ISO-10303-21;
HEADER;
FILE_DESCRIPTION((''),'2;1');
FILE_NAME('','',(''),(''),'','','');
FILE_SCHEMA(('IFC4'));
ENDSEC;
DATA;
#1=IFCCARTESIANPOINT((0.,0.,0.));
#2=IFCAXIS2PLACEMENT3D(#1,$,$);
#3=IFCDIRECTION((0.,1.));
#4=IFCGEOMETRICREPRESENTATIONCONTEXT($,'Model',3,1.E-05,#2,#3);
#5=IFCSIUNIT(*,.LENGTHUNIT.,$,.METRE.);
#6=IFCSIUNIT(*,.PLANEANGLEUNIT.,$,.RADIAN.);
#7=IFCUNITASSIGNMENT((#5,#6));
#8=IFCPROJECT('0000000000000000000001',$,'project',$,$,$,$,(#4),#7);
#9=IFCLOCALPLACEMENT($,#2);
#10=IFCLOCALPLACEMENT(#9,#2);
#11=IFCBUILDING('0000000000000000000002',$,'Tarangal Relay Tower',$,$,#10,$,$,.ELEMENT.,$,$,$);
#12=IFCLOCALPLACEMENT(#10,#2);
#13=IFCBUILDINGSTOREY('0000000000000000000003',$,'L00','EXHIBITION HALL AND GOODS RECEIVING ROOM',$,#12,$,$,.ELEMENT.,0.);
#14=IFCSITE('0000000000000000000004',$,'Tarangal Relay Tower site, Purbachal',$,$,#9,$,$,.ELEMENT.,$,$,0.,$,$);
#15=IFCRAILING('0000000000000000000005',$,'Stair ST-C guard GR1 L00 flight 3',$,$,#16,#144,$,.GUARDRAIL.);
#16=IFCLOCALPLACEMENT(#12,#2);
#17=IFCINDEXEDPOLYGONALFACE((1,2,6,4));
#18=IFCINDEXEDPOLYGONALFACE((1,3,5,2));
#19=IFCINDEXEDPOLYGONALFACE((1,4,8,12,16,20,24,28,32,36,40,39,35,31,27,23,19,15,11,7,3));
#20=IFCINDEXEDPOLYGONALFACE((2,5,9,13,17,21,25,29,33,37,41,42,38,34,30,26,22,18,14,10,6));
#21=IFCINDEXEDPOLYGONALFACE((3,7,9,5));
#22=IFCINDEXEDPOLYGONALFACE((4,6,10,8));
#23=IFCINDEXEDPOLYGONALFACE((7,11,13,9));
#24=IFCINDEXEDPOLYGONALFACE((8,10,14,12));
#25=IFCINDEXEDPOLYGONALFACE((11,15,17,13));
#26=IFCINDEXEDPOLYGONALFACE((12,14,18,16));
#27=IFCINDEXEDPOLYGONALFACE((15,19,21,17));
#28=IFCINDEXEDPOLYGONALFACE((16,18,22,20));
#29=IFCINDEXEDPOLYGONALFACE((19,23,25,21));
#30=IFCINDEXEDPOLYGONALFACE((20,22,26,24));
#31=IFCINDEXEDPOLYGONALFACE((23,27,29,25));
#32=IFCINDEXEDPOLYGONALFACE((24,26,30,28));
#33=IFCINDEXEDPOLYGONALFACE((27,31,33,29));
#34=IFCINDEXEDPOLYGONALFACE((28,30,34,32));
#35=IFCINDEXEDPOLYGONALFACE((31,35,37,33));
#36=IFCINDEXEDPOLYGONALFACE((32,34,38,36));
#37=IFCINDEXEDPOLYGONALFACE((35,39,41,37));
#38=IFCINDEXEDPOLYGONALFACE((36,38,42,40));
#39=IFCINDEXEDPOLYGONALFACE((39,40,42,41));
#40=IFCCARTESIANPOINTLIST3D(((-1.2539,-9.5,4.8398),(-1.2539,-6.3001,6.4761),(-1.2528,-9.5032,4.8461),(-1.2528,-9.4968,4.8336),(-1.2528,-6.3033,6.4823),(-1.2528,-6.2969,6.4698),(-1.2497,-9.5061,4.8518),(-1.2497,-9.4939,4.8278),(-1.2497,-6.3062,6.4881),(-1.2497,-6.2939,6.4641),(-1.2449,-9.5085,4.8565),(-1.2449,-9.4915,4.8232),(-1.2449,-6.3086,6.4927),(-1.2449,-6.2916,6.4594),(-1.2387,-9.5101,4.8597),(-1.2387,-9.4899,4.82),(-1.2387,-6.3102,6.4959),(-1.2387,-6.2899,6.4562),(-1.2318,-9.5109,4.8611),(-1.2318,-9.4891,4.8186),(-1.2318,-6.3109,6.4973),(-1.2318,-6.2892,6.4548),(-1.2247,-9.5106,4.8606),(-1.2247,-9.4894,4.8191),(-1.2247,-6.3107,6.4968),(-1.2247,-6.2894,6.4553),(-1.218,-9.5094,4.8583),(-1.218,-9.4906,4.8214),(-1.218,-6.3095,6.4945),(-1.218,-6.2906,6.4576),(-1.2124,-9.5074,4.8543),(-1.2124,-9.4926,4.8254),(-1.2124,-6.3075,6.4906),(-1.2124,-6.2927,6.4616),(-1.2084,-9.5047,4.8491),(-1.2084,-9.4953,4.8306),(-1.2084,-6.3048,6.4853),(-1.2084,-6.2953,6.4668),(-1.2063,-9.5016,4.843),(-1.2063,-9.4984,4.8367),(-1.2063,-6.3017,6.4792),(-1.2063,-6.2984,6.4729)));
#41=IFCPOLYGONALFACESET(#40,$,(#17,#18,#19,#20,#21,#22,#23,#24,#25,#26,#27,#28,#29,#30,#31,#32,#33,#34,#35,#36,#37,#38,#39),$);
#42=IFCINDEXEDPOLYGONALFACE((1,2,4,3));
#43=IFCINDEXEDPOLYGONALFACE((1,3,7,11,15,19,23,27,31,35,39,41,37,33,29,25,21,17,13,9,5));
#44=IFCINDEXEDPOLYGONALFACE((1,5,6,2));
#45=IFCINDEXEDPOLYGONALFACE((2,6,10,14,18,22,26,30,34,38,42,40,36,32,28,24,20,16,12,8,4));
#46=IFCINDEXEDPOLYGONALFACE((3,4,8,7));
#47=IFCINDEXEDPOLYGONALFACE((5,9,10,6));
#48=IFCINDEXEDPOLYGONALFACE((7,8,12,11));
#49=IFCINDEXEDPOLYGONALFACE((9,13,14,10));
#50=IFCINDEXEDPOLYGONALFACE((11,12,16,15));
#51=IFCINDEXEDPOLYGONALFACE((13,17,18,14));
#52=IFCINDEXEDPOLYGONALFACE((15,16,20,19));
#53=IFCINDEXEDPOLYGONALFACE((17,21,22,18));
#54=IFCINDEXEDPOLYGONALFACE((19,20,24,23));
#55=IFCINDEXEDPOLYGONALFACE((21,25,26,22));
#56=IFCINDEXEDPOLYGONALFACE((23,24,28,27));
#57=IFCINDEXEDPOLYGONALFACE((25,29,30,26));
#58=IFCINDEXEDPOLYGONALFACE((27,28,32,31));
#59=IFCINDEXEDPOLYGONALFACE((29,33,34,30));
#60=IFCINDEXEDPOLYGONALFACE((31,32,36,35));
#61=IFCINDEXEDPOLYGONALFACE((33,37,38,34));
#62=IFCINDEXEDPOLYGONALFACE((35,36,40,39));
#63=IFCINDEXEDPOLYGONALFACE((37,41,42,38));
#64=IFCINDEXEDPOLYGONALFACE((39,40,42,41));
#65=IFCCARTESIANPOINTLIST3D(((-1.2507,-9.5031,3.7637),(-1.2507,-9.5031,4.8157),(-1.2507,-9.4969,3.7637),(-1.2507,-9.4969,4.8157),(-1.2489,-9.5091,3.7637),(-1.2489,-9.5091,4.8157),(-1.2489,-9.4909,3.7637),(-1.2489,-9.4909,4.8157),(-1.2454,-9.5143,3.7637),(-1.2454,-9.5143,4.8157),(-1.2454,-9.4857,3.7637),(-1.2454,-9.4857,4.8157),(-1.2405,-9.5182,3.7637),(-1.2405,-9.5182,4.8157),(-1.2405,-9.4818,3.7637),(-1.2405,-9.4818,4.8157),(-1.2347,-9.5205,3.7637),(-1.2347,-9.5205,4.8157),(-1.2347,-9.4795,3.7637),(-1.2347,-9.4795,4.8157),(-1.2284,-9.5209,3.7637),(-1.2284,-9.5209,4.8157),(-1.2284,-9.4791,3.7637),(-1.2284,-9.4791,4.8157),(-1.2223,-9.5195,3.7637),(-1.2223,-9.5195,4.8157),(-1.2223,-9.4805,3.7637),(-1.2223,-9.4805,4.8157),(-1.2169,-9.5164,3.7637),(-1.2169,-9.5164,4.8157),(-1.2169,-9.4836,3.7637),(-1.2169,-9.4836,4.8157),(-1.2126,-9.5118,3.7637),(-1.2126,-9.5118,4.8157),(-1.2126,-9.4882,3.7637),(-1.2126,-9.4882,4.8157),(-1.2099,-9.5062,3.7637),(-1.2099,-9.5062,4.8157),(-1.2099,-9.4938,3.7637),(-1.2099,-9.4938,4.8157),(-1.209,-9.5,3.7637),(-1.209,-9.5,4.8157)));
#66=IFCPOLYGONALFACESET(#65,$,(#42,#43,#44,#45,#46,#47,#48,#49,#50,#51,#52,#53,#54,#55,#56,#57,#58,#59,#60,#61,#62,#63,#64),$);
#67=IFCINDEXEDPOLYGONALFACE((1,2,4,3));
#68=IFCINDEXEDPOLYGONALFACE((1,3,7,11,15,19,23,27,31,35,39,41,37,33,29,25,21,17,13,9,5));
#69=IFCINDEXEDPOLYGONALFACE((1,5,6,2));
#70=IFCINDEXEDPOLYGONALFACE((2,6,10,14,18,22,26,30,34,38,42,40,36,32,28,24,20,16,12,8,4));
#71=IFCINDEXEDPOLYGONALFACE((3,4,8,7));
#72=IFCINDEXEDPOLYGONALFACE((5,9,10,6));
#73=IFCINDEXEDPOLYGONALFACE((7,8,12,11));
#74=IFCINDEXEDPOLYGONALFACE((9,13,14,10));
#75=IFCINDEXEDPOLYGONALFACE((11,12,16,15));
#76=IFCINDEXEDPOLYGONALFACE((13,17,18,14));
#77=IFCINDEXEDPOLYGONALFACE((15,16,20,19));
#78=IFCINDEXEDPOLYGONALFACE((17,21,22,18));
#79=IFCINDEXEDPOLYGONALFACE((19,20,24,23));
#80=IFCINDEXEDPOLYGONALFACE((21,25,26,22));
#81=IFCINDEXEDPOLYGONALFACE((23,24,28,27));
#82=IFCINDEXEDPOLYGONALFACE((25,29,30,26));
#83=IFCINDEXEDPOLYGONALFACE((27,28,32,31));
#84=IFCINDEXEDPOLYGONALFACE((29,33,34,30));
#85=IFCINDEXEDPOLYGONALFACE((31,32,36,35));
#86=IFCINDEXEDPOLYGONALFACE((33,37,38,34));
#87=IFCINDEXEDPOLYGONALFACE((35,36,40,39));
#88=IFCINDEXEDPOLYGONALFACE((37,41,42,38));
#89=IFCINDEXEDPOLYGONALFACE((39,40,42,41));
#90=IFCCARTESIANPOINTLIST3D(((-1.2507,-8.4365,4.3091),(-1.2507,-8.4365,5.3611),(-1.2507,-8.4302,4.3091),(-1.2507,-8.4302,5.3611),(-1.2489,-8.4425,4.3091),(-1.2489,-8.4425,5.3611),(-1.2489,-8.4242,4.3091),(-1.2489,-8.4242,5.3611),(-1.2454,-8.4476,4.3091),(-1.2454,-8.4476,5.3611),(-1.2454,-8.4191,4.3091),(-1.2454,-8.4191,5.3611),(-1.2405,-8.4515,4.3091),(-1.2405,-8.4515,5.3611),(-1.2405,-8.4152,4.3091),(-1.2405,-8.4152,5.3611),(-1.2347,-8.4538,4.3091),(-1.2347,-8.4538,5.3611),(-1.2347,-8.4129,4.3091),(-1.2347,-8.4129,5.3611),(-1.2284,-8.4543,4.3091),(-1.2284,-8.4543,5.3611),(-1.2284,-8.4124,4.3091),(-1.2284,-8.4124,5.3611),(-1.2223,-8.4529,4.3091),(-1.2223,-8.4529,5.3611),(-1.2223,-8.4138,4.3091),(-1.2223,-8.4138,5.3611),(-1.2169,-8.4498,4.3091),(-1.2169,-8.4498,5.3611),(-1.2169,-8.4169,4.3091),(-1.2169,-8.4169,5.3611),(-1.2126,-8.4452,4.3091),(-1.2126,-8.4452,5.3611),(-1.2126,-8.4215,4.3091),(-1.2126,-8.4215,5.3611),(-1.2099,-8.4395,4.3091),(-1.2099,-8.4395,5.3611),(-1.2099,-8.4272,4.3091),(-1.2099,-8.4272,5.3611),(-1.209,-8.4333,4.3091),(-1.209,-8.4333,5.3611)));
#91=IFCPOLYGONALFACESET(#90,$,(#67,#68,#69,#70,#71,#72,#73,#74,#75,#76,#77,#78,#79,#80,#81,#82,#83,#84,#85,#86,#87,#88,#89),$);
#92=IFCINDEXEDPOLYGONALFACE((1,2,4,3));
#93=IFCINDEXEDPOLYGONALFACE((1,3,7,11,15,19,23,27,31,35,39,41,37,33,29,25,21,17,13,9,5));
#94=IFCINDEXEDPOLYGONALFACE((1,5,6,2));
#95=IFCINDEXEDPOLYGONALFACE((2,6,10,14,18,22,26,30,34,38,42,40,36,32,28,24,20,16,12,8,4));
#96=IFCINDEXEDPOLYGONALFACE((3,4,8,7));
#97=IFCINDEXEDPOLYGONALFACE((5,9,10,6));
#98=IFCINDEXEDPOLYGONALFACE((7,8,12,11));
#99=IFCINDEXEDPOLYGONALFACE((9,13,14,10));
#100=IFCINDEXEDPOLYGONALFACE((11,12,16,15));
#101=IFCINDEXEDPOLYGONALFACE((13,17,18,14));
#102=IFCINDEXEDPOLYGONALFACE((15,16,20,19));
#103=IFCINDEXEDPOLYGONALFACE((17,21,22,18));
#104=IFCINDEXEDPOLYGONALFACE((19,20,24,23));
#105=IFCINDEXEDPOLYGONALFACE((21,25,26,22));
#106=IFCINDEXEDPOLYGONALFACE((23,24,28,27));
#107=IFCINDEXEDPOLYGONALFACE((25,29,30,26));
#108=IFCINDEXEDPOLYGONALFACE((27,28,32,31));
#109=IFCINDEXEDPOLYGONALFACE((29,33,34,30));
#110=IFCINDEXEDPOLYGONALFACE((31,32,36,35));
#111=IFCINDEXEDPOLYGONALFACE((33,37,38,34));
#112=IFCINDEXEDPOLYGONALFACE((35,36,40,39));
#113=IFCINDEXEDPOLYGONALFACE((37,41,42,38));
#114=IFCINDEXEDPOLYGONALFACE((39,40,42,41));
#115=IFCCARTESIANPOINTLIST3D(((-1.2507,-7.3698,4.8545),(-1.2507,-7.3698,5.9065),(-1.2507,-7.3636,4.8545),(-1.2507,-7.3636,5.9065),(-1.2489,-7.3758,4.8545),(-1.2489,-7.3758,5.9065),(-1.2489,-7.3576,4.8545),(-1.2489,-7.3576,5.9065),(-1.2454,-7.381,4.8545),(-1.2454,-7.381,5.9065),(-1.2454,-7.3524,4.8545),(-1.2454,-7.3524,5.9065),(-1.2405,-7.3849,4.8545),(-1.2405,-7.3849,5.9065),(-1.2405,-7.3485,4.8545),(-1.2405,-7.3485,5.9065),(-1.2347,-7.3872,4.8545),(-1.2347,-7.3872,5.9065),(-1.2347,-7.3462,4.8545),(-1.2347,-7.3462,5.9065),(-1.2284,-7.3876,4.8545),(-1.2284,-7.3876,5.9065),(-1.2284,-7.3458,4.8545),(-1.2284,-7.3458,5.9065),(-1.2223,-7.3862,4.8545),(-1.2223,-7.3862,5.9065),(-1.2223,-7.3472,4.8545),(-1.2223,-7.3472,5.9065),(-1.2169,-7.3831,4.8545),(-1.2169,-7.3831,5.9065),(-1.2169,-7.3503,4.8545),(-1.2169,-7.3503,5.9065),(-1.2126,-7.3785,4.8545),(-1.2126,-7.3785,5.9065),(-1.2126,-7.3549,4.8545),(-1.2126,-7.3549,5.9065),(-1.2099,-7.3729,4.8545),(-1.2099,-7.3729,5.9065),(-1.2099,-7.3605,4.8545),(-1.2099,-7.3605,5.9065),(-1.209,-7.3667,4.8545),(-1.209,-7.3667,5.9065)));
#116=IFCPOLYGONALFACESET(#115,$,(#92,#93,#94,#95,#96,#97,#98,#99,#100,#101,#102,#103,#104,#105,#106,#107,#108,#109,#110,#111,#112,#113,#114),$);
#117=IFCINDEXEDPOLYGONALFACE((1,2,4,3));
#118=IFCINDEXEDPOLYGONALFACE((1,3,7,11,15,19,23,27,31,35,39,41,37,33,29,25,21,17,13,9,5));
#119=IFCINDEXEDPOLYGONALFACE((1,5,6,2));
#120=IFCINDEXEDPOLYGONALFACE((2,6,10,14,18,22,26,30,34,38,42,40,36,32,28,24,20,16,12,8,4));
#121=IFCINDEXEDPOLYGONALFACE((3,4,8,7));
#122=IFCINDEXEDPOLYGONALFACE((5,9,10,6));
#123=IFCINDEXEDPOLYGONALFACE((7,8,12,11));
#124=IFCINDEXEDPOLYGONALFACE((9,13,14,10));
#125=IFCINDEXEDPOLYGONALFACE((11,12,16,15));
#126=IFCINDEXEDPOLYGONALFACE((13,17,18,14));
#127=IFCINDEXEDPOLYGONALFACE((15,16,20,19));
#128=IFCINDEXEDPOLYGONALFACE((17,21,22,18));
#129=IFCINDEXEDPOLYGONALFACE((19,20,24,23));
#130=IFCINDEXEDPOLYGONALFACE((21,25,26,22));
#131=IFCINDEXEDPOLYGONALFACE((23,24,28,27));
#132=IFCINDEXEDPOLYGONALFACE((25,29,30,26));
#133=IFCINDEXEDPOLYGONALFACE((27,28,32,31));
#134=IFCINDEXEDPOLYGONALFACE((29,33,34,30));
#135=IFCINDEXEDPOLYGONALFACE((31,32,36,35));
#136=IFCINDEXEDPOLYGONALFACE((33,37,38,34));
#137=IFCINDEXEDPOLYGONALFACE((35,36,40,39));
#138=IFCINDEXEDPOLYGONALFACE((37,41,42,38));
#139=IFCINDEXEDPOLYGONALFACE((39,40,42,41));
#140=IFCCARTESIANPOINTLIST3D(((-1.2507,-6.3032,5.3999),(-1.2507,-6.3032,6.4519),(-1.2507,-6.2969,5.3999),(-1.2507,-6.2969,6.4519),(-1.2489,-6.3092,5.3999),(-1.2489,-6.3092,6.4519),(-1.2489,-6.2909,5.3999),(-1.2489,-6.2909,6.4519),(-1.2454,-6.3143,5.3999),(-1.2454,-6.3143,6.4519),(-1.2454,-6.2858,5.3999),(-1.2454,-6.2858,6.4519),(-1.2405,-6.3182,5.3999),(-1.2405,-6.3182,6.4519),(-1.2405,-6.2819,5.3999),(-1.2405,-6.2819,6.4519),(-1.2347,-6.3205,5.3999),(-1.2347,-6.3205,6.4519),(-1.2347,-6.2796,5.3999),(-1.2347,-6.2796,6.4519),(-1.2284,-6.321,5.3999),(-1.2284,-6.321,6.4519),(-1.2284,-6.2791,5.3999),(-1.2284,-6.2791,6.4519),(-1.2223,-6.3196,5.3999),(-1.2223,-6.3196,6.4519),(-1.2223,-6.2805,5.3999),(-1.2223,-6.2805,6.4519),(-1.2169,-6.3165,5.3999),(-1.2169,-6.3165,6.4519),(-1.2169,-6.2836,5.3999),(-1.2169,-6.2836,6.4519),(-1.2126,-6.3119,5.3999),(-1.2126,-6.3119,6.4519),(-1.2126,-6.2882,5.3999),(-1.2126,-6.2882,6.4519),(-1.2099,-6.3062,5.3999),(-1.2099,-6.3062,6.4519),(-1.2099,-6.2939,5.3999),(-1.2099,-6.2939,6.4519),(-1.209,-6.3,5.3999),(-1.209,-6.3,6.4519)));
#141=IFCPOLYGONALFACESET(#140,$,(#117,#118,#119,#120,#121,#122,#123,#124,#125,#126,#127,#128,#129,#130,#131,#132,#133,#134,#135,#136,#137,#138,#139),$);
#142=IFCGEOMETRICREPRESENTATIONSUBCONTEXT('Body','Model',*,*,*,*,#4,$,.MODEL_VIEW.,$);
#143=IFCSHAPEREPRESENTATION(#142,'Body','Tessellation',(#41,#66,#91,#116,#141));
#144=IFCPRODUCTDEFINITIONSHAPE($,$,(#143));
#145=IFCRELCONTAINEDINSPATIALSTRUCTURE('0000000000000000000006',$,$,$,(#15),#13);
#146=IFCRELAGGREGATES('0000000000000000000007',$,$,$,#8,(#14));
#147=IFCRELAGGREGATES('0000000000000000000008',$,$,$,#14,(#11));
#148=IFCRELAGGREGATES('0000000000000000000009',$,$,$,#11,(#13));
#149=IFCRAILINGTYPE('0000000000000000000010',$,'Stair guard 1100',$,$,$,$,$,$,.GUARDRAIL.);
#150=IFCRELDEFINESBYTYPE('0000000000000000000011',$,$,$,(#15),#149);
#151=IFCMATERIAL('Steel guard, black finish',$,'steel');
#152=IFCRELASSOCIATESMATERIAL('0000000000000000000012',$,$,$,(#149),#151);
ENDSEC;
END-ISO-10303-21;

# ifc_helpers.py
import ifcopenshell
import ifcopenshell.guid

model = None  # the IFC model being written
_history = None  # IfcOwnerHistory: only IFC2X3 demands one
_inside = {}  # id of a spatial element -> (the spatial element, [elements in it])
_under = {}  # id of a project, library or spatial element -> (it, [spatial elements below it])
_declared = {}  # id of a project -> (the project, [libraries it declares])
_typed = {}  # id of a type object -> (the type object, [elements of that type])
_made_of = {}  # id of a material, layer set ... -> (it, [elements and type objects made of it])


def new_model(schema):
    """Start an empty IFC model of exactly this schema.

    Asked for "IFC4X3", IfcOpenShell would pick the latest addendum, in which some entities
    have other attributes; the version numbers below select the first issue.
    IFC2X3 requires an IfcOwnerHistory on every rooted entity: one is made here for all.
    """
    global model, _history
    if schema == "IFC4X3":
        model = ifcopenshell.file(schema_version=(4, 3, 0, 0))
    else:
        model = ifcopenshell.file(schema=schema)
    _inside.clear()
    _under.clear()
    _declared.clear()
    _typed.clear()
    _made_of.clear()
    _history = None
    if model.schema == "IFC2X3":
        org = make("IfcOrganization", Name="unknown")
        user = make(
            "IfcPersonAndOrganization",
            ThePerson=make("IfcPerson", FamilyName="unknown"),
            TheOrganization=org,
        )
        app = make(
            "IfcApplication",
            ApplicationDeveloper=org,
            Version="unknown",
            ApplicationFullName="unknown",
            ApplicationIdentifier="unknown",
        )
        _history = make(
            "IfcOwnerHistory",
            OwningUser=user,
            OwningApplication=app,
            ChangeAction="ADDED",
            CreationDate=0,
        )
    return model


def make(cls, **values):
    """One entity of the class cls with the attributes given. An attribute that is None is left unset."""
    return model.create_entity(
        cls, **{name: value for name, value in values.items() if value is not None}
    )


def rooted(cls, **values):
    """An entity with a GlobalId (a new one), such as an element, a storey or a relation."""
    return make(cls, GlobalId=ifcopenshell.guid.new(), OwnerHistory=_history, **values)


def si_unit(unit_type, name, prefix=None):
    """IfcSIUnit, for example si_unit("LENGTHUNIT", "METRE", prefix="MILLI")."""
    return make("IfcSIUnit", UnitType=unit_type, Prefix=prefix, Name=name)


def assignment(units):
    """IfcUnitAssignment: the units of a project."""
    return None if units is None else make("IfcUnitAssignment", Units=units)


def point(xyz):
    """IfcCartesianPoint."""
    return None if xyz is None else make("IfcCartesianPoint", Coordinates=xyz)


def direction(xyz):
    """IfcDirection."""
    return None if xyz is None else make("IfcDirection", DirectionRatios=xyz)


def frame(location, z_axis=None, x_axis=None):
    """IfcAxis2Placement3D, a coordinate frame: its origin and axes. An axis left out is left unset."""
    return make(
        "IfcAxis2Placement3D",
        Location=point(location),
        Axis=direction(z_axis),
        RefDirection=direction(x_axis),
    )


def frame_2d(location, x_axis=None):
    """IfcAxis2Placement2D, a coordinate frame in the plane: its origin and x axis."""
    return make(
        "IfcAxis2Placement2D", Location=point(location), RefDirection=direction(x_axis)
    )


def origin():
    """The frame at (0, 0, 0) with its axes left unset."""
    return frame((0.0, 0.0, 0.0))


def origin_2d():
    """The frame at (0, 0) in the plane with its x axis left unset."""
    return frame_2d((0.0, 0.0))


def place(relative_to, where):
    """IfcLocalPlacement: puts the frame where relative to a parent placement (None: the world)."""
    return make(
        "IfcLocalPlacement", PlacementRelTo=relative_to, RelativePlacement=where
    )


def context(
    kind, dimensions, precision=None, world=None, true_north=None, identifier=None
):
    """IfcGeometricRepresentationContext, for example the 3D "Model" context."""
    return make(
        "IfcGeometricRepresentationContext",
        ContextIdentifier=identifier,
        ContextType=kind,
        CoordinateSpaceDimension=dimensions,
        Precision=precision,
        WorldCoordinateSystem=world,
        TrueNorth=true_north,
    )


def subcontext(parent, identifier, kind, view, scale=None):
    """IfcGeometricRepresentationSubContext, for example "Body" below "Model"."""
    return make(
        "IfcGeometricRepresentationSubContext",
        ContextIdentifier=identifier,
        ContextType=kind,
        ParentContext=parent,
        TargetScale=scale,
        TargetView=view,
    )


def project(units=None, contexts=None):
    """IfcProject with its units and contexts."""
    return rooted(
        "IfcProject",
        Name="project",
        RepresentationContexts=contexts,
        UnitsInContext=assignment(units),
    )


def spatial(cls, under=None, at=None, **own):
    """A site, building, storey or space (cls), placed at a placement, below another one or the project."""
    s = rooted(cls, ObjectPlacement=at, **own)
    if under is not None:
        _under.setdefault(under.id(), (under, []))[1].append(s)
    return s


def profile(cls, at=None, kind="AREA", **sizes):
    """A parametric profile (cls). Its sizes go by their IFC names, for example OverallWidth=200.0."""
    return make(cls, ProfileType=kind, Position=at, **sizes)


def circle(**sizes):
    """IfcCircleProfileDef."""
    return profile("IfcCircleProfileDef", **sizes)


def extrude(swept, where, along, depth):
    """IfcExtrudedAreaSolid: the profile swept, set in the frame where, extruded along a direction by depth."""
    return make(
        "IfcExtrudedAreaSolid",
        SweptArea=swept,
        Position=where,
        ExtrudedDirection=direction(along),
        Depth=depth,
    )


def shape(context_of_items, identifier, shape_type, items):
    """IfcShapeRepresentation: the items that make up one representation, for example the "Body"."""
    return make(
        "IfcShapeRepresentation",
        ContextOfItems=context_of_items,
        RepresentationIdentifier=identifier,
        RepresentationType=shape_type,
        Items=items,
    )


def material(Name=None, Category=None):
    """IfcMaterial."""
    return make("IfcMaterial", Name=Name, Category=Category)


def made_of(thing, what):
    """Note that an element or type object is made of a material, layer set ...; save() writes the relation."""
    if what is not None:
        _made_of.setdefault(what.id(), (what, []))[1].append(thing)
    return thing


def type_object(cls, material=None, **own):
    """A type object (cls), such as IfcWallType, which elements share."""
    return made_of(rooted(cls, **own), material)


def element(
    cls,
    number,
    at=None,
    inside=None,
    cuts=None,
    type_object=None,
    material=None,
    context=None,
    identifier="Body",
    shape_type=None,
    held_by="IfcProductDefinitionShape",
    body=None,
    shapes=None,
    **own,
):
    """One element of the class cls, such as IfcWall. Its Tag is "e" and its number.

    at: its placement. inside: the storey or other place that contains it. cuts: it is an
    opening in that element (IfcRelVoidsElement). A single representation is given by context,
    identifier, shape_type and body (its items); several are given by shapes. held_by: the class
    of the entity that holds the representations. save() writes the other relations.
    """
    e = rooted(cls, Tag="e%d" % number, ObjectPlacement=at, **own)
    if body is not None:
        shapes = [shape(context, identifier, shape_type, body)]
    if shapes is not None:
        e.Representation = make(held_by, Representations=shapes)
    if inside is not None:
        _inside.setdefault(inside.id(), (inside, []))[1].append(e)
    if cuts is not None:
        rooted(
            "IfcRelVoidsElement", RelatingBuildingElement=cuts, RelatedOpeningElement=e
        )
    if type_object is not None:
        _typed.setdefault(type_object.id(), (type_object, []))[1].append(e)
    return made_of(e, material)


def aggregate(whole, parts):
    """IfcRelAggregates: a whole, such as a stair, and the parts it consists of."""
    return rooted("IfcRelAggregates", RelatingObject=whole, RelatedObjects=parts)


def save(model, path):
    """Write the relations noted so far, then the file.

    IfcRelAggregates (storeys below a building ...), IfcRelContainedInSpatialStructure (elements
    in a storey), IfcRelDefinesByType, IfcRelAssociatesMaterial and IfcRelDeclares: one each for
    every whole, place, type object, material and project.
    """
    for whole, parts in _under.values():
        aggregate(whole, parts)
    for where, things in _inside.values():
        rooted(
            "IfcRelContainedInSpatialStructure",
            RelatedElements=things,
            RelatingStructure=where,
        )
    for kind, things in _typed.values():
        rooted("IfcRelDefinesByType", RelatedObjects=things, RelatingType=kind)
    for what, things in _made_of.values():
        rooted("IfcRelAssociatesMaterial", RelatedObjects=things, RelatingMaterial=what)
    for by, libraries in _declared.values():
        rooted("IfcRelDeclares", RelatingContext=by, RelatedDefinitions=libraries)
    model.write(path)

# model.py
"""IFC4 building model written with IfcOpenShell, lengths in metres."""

from ifc_helpers import new_model, si_unit, direction, frame, origin, origin_2d, place, context, subcontext, project, spatial, circle, extrude, material, type_object, element, save


model = new_model("IFC4")

# Units and contexts
model_context = context("Model", 3, precision=1e-05, world=origin(), true_north=direction((0.0, 1.0)))
body_context = subcontext(model_context, "Body", "Model", "MODEL_VIEW")
ifc_project = project(units=[si_unit("LENGTHUNIT", "METRE"), si_unit("PLANEANGLEUNIT", "RADIAN")], contexts=[model_context])

# Site, building, storey
site_placement = place(None, origin())
site = spatial("IfcSite", under=ifc_project, at=site_placement, Name="Tarangal Relay Tower site, Purbachal", CompositionType="ELEMENT", RefElevation=0.0)
building_placement = place(site_placement, origin())
building = spatial("IfcBuilding", under=site, at=building_placement, Name="Tarangal Relay Tower", CompositionType="ELEMENT")
storey_placement = place(building_placement, origin())
storey = spatial("IfcBuildingStorey", under=building, at=storey_placement, Name="L00", Description="EXHIBITION HALL AND GOODS RECEIVING ROOM", CompositionType="ELEMENT", Elevation=0.0)

# Railing
ifc_material_1 = material(Name="Steel guard, black finish", Category="steel")
railing_type_1 = type_object("IfcRailingType", Name="Stair guard 1100", PredefinedType="GUARDRAIL", material=ifc_material_1)
railing_1_placement = place(storey_placement, frame((-1.23, -9.5, 3.7637)))
element("IfcRailing", 1, at=railing_1_placement, inside=storey, type_object=railing_type_1, Name="Stair ST-C guard GR1 L00 flight 3", PredefinedType="GUARDRAIL", context=body_context, shape_type="SweptSolid", body=[
    extrude(circle(Radius=0.0239, at=origin_2d()), frame((0.0, 0.0, 1.0762), z_axis=(0.0, 0.890356, 0.455265), x_axis=(-1.0, 0.0, 0.0)), (0.0, 0.0, 1.0), 3.594),
    extrude(circle(Radius=0.021, at=origin_2d()), origin(), (0.0, 0.0, 1.0), 1.052),
    extrude(circle(Radius=0.021, at=origin_2d()), frame((0.0, 1.0667, 0.5454)), (0.0, 0.0, 1.0), 1.052),
    extrude(circle(Radius=0.021, at=origin_2d()), frame((0.0, 2.1333, 1.0908)), (0.0, 0.0, 1.0), 1.052),
    extrude(circle(Radius=0.021, at=origin_2d()), frame((0.0, 3.2, 1.6362)), (0.0, 0.0, 1.0), 1.052),
])

save(model, "model.ifc")
